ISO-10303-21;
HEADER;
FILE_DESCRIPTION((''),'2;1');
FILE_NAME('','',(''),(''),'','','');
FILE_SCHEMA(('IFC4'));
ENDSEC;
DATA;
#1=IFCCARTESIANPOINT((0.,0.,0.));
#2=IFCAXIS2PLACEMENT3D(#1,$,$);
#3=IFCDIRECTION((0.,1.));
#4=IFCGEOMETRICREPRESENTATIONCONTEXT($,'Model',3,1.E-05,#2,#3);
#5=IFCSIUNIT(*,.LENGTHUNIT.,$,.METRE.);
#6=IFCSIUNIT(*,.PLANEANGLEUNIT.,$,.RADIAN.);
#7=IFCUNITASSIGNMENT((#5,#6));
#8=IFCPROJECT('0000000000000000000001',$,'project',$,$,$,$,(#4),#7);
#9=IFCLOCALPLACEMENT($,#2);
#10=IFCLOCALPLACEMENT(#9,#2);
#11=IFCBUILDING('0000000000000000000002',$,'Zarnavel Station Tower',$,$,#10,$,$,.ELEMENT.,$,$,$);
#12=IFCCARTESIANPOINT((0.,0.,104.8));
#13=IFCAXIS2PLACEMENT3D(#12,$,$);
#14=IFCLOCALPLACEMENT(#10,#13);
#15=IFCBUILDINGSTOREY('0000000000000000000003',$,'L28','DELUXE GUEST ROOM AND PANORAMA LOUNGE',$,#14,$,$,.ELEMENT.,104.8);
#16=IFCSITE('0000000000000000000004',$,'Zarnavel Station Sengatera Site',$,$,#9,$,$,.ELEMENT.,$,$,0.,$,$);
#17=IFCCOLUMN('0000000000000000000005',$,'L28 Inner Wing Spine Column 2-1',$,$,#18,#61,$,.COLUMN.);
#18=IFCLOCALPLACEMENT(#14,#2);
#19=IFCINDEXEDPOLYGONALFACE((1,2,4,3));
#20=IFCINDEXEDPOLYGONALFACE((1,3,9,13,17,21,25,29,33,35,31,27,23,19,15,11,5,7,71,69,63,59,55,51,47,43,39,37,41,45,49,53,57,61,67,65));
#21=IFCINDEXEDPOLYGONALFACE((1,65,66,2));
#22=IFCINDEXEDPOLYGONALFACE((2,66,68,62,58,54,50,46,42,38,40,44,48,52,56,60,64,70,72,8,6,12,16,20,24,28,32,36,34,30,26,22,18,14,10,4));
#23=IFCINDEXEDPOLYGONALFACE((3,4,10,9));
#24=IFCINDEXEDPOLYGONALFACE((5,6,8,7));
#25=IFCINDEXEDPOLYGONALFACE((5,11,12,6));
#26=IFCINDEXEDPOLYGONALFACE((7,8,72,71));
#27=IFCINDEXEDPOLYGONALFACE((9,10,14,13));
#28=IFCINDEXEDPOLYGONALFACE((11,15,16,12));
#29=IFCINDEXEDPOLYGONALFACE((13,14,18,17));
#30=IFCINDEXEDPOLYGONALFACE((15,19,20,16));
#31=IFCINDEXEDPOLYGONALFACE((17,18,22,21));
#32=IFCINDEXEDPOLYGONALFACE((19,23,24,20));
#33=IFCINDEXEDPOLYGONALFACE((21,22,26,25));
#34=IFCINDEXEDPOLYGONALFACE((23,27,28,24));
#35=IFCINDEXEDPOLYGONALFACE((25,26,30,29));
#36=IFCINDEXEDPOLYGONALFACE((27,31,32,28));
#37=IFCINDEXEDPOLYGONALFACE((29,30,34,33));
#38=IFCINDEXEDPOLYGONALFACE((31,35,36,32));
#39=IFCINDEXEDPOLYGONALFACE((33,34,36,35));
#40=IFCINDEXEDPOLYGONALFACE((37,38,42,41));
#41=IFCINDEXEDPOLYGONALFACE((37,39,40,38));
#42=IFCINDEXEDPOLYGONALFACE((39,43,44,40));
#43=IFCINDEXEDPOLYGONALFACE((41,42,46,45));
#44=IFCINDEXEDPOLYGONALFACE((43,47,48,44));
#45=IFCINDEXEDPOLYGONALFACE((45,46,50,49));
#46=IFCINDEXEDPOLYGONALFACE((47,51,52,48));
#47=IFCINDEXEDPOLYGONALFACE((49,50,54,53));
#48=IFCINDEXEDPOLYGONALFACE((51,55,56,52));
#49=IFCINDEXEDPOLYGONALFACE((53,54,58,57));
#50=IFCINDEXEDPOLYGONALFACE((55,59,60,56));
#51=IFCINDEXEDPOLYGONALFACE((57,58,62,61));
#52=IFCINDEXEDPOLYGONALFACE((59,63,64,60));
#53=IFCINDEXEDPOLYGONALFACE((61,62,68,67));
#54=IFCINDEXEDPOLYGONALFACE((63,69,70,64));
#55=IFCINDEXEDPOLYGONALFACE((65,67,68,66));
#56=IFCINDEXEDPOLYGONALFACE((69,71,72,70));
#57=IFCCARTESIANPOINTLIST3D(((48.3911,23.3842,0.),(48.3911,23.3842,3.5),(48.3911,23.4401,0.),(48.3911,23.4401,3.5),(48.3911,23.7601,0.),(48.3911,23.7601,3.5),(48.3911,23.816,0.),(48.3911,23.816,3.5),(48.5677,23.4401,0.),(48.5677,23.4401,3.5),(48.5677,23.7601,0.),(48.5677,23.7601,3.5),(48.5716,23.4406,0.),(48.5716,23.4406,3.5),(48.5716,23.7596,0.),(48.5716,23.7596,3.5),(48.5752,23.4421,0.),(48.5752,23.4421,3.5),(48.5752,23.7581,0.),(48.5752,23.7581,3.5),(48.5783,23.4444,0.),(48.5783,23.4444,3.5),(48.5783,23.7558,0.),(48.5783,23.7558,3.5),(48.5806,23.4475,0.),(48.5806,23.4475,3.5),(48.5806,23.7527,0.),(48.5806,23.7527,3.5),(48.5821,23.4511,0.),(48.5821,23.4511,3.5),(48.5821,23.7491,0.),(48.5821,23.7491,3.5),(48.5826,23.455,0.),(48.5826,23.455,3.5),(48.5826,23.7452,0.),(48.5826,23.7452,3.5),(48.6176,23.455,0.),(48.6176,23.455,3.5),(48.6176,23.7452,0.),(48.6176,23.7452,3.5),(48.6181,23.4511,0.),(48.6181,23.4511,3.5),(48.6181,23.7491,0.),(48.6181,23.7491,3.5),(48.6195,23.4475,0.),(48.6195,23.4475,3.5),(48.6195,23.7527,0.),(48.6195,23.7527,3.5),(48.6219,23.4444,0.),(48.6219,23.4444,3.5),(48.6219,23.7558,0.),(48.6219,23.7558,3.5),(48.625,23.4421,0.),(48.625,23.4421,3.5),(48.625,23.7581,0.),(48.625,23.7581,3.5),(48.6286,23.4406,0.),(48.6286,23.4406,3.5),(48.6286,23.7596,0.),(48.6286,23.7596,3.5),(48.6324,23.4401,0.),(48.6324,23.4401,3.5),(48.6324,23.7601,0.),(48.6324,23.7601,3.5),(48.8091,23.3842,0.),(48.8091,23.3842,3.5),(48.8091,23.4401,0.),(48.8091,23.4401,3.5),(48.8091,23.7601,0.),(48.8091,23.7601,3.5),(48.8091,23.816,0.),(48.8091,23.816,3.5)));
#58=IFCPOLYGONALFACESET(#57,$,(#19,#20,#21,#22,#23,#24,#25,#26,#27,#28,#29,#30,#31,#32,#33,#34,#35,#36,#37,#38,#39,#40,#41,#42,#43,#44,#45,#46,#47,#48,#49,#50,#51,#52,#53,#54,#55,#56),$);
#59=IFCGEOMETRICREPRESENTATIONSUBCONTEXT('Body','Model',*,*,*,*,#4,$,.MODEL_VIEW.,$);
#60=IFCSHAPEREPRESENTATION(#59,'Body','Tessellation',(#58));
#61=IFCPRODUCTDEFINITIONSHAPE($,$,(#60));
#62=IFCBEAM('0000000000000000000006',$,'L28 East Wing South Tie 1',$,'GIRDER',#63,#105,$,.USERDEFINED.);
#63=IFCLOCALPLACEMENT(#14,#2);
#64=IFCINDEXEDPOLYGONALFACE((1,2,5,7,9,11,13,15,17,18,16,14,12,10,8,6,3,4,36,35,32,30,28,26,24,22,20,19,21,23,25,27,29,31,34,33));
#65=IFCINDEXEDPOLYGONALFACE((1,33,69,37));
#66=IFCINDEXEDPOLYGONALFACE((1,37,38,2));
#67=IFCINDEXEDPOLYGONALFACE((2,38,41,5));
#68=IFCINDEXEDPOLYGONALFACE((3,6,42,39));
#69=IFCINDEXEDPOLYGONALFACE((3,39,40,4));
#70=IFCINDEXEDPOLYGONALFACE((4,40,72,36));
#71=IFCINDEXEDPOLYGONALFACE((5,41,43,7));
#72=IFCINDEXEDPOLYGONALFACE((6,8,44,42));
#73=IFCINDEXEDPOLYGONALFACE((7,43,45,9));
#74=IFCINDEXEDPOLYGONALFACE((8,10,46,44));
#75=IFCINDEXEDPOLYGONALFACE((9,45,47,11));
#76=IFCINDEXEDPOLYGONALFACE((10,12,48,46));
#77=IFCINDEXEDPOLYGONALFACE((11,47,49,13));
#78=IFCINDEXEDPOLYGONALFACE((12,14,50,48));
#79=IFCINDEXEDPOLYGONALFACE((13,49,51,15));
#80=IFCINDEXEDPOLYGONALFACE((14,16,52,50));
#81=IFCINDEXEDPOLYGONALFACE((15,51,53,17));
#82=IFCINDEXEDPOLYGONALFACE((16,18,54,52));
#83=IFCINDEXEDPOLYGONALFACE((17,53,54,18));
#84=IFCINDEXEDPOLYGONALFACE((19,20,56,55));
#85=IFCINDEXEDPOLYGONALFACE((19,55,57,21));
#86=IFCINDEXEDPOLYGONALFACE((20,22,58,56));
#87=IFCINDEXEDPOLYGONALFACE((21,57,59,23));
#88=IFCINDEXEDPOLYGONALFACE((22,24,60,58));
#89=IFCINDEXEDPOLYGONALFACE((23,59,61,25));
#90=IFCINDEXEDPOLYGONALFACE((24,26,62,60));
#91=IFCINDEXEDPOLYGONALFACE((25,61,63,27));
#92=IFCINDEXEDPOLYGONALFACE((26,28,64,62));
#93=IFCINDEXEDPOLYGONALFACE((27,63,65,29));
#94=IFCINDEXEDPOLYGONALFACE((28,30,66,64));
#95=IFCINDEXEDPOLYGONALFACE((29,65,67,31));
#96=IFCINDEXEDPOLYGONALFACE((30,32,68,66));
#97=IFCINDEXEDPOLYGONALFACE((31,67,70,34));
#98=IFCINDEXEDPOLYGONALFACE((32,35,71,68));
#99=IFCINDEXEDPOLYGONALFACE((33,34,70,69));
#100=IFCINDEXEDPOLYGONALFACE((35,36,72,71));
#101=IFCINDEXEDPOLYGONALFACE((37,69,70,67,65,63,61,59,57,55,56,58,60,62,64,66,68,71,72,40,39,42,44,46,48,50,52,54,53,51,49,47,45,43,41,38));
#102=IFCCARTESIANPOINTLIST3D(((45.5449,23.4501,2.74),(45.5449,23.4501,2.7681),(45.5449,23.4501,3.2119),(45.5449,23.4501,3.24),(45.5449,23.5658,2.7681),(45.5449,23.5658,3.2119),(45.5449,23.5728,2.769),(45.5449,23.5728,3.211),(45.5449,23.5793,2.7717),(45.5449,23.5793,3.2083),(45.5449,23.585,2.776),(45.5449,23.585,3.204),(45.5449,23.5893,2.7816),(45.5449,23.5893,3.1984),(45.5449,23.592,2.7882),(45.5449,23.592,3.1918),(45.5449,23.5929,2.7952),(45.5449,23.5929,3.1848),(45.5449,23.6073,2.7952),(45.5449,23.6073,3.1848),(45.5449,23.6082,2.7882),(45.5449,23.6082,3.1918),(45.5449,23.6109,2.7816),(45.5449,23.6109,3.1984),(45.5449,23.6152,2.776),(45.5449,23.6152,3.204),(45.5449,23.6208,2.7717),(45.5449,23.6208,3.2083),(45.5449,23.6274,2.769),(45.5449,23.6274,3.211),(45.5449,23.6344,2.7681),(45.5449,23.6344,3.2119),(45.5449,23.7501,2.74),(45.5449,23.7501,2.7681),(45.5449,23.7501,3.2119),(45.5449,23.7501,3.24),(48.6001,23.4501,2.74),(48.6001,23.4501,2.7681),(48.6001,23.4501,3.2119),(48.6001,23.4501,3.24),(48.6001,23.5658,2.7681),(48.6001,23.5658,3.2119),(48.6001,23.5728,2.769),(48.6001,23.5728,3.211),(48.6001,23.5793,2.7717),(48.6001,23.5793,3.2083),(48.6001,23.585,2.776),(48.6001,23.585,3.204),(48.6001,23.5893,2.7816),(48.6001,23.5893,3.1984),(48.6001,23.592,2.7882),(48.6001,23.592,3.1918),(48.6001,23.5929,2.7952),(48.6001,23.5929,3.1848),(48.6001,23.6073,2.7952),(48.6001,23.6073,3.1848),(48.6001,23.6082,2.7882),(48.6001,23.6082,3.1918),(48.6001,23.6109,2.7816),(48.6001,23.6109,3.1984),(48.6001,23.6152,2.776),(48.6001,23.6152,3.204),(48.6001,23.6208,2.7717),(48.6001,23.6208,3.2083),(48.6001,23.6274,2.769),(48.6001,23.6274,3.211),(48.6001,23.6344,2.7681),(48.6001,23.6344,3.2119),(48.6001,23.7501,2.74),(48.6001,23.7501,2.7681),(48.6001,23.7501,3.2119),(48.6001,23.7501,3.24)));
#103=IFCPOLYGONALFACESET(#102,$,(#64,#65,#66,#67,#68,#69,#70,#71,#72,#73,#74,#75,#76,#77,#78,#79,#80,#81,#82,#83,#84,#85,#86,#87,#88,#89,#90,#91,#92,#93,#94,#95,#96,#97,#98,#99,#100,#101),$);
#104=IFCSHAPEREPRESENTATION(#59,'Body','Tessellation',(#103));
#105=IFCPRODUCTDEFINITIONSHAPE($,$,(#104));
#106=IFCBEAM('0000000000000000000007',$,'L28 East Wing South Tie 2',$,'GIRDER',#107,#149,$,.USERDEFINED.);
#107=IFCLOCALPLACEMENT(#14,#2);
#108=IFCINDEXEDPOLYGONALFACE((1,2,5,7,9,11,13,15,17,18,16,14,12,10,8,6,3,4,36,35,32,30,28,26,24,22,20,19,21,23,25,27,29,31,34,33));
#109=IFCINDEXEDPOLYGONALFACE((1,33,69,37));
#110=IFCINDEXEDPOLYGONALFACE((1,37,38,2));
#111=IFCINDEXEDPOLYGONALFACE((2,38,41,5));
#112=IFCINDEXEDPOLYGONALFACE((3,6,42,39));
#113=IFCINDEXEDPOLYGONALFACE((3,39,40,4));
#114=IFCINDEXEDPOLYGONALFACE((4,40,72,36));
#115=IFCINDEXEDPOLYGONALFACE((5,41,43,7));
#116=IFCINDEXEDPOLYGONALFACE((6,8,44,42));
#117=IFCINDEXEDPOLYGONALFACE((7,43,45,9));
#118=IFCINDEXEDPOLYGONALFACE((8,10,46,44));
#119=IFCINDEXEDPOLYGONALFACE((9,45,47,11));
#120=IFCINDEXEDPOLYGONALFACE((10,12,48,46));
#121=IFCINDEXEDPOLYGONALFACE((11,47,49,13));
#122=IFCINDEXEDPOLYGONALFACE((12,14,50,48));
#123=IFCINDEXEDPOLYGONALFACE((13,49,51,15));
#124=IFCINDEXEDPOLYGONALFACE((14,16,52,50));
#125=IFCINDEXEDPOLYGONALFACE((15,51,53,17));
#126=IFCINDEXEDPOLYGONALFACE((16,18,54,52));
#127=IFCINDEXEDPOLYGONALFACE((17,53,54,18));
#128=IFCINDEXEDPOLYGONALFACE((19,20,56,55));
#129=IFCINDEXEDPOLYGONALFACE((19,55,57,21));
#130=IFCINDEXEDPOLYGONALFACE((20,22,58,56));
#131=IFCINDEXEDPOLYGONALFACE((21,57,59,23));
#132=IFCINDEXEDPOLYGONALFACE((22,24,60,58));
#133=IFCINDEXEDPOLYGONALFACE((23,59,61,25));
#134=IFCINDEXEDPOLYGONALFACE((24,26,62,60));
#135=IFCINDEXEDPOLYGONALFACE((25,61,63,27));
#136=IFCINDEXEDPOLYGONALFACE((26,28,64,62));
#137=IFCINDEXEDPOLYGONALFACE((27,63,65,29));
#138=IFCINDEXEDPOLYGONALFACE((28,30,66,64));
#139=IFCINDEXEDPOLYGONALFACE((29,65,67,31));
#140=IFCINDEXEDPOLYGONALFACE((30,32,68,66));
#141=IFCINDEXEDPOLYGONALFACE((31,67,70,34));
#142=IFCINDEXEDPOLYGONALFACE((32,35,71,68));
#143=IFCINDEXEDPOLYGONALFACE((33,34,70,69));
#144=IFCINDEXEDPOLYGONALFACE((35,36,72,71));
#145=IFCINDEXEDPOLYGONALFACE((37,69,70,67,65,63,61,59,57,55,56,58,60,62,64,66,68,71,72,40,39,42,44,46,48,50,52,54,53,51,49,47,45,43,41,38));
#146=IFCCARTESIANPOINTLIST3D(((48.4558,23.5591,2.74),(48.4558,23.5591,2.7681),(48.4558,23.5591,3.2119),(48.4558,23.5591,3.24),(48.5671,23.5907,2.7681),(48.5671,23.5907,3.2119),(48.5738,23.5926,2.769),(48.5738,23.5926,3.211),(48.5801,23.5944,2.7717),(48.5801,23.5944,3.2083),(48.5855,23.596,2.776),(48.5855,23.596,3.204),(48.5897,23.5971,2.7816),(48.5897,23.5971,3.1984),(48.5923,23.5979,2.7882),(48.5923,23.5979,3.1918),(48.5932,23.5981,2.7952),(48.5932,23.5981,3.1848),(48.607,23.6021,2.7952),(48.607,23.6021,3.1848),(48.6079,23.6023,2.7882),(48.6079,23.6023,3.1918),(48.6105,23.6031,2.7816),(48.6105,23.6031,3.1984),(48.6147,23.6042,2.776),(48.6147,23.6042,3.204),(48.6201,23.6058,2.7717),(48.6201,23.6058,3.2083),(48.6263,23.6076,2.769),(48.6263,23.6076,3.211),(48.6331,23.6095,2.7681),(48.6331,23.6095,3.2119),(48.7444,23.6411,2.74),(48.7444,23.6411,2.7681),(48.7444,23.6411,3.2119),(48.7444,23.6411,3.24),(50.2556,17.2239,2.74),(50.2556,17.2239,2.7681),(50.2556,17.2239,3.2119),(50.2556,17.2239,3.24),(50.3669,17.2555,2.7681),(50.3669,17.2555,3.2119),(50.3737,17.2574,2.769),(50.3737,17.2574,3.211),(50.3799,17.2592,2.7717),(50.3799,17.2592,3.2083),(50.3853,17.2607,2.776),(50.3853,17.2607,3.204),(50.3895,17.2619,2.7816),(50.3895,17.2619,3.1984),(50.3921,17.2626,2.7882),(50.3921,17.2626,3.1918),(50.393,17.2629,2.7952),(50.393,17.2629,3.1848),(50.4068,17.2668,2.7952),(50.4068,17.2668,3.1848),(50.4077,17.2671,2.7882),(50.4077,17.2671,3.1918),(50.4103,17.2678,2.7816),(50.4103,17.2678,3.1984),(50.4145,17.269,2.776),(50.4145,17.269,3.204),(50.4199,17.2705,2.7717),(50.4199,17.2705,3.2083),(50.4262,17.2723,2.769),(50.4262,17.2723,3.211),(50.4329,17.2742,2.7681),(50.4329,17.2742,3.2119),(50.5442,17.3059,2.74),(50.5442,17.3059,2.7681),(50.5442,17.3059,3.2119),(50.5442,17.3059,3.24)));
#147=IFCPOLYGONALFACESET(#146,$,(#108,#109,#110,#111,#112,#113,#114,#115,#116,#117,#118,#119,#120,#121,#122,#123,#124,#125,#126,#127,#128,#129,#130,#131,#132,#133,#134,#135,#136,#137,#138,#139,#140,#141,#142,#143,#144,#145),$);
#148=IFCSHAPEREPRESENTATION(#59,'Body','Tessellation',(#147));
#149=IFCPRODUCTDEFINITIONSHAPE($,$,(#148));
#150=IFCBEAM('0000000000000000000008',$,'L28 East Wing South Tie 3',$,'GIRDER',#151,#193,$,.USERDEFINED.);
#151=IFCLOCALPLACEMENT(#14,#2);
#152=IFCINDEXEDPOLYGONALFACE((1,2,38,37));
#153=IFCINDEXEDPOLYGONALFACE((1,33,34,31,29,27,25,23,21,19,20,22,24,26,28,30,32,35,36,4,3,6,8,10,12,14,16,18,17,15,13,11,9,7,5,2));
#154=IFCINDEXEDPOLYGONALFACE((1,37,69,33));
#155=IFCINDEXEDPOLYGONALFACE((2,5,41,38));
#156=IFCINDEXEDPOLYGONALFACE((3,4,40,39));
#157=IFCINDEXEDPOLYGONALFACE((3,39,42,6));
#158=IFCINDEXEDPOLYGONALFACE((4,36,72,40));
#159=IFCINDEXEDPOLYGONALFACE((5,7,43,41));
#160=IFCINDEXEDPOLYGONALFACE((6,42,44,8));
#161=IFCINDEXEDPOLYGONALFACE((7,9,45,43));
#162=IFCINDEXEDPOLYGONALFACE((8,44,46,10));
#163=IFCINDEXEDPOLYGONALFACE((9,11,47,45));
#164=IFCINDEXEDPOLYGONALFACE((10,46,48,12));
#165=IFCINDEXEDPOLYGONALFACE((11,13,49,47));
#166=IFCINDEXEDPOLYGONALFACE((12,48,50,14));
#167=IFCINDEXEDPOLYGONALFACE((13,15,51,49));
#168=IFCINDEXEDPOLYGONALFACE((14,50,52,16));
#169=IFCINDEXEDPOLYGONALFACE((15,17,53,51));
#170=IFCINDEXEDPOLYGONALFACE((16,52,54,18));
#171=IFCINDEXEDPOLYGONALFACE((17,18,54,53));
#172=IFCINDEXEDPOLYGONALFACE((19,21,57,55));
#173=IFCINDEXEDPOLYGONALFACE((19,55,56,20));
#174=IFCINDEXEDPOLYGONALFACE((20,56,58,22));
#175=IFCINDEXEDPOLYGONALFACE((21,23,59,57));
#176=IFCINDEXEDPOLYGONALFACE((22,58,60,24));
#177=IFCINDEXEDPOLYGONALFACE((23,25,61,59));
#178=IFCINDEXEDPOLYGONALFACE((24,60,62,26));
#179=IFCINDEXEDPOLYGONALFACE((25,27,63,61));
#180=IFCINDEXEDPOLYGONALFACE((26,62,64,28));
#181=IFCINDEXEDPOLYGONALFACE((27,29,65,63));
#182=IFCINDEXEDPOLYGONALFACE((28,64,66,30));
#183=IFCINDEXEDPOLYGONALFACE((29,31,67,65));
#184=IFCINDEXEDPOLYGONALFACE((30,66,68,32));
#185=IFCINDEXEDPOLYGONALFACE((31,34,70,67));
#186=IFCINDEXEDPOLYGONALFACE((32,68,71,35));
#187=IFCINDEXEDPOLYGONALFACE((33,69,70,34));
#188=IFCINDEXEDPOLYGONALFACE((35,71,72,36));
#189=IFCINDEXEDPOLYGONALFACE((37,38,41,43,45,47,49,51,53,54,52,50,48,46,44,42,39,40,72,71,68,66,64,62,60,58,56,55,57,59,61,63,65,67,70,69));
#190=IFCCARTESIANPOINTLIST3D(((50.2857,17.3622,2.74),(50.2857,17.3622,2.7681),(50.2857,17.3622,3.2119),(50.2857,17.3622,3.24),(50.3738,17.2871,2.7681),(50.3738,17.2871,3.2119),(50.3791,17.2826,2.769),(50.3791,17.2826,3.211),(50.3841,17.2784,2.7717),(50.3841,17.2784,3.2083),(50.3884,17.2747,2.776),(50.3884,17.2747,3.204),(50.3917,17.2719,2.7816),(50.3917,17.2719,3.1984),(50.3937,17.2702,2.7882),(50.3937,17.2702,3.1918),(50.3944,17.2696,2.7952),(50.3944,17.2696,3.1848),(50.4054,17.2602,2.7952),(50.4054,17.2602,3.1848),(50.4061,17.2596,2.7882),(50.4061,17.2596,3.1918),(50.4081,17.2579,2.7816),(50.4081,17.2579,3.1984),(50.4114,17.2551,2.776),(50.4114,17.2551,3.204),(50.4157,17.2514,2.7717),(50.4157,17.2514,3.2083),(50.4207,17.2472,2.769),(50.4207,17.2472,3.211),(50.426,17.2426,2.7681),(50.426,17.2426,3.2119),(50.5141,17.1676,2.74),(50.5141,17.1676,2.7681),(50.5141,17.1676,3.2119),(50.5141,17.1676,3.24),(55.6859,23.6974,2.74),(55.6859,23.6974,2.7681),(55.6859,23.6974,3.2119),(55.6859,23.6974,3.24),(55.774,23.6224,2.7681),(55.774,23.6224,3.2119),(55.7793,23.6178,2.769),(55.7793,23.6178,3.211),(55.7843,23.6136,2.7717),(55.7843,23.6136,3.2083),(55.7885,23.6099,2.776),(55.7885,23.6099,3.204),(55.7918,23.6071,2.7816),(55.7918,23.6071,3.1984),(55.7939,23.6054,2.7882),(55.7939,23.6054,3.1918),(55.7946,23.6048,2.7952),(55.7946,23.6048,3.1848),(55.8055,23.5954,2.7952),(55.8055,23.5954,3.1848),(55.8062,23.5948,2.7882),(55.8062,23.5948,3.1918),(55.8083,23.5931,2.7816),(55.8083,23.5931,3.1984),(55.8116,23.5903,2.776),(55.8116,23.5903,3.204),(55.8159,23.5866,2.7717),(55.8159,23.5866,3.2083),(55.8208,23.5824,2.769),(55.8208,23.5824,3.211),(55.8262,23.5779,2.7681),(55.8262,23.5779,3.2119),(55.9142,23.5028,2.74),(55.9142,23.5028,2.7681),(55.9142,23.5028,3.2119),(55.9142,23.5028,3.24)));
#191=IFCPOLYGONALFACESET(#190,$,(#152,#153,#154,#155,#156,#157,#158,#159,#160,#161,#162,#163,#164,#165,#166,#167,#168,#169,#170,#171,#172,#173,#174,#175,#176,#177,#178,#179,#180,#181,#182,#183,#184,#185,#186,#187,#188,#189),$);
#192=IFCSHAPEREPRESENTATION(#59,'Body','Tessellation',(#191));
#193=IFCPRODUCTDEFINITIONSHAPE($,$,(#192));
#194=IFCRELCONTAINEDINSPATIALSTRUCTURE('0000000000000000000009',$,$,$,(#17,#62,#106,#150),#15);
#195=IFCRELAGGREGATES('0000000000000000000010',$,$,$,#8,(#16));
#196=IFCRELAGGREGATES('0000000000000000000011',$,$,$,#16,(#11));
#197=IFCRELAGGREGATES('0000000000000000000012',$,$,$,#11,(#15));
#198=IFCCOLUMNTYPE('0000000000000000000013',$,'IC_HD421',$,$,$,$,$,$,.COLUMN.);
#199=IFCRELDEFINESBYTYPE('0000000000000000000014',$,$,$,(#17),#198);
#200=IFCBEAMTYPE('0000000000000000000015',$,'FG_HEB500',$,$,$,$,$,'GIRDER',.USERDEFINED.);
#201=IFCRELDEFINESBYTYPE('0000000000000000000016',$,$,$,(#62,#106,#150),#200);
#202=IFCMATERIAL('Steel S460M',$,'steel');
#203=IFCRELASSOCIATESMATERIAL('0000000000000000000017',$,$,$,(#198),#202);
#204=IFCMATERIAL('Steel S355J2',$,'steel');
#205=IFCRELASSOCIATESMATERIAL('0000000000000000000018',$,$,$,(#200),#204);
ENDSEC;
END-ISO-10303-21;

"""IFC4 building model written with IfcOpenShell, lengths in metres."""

from ifc_helpers import new_model, si_unit, direction, frame, origin, origin_2d, place, context, subcontext, project, spatial, i_section, extrude, material, material_profile, profile_set, type_object, element, save


model = new_model("IFC4")

# Units and contexts
model_context = context("Model", 3, precision=1e-05, world=origin(), true_north=direction((0.0, 1.0)))
body_context = subcontext(model_context, "Body", "Model", "MODEL_VIEW")
ifc_project = project(units=[si_unit("LENGTHUNIT", "METRE"), si_unit("PLANEANGLEUNIT", "RADIAN")], contexts=[model_context])

# Site, building, storey
site_placement = place(None, origin())
site = spatial("IfcSite", under=ifc_project, at=site_placement, Name="Zarnavel Station Sengatera Site", CompositionType="ELEMENT", RefElevation=0.0)
building_placement = place(site_placement, origin())
building = spatial("IfcBuilding", under=site, at=building_placement, Name="Zarnavel Station Tower", CompositionType="ELEMENT")
storey_placement = place(building_placement, frame((0.0, 0.0, 104.8)))
storey = spatial("IfcBuildingStorey", under=building, at=storey_placement, Name="L28", Description="DELUXE GUEST ROOM AND PANORAMA LOUNGE", CompositionType="ELEMENT", Elevation=104.8)

# Column
ifc_material_1 = material(Name="Steel S460M", Category="steel")
ifc_material_profile_1 = material_profile(ifc_material_1, i_section(OverallWidth=0.418, OverallDepth=0.4319, WebThickness=0.0349, FlangeThickness=0.0559, FilletRadius=0.0149, at=origin_2d()), Name="HD400x421")
ifc_profile_set_1 = profile_set([ifc_material_profile_1], Name="Steel S460M")
column_type = type_object("IfcColumnType", Name="IC_HD421", PredefinedType="COLUMN", material=ifc_profile_set_1)
column_placement = place(storey_placement, frame((48.6001, 23.6001, 0.0), z_axis=(0.0, 0.0, 1.0), x_axis=(1.0, 0.0, 0.0)))
element("IfcColumn", 1, at=column_placement, inside=storey, type_object=column_type, Name="L28 Inner Wing Spine Column 2-1", PredefinedType="COLUMN", context=body_context, shape_type="SweptSolid", body=[
    extrude(i_section(OverallWidth=0.418, OverallDepth=0.4319, WebThickness=0.0349, FlangeThickness=0.0559, FilletRadius=0.0149, at=origin_2d()), origin(), (0.0, 0.0, 1.0), 3.5),
])

# Beams
ifc_material_2 = material(Name="Steel S355J2", Category="steel")
ifc_material_profile_2 = material_profile(ifc_material_2, i_section(OverallWidth=0.3, OverallDepth=0.5, WebThickness=0.0144, FlangeThickness=0.0281, FilletRadius=0.0271, at=origin_2d()), Name="HEB500")
ifc_profile_set_2 = profile_set([ifc_material_profile_2], Name="Steel S355J2")
beam_type_1 = type_object("IfcBeamType", Name="FG_HEB500", ElementType="GIRDER", PredefinedType="USERDEFINED", material=ifc_profile_set_2)
beam_1_placement = place(storey_placement, frame((45.5449, 23.6001, 2.99), z_axis=(1.0, 0.0, 0.0), x_axis=(0.0, 1.0, 0.0)))
element("IfcBeam", 2, at=beam_1_placement, inside=storey, type_object=beam_type_1, Name="L28 East Wing South Tie 1", ObjectType="GIRDER", PredefinedType="USERDEFINED", context=body_context, shape_type="SweptSolid", body=[
    extrude(i_section(OverallWidth=0.3, OverallDepth=0.5, WebThickness=0.0144, FlangeThickness=0.0281, FilletRadius=0.0271, at=origin_2d()), origin(), (0.0, 0.0, 1.0), 3.0552),
])
beam_2_placement = place(storey_placement, frame((48.6001, 23.6001, 2.99), z_axis=(0.273281, -0.961934, 0.0), x_axis=(0.961934, 0.273281, 0.0)))
element("IfcBeam", 3, at=beam_2_placement, inside=storey, type_object=beam_type_1, Name="L28 East Wing South Tie 2", ObjectType="GIRDER", PredefinedType="USERDEFINED", context=body_context, shape_type="SweptSolid", body=[
    extrude(i_section(OverallWidth=0.3, OverallDepth=0.5, WebThickness=0.0144, FlangeThickness=0.0281, FilletRadius=0.0271, at=origin_2d()), origin(), (0.0, 0.0, 1.0), 6.5859),
])
beam_3_placement = place(storey_placement, frame((50.3999, 17.2649, 2.99), z_axis=(0.648709, 0.761036, 0.0), x_axis=(-0.761036, 0.648709, 0.0)))
element("IfcBeam", 4, at=beam_3_placement, inside=storey, type_object=beam_type_1, Name="L28 East Wing South Tie 3", ObjectType="GIRDER", PredefinedType="USERDEFINED", context=body_context, shape_type="SweptSolid", body=[
    extrude(i_section(OverallWidth=0.3, OverallDepth=0.5, WebThickness=0.0144, FlangeThickness=0.0281, FilletRadius=0.0271, at=origin_2d()), origin(), (0.0, 0.0, 1.0), 8.3245),
])

save(model, "model.ifc")
